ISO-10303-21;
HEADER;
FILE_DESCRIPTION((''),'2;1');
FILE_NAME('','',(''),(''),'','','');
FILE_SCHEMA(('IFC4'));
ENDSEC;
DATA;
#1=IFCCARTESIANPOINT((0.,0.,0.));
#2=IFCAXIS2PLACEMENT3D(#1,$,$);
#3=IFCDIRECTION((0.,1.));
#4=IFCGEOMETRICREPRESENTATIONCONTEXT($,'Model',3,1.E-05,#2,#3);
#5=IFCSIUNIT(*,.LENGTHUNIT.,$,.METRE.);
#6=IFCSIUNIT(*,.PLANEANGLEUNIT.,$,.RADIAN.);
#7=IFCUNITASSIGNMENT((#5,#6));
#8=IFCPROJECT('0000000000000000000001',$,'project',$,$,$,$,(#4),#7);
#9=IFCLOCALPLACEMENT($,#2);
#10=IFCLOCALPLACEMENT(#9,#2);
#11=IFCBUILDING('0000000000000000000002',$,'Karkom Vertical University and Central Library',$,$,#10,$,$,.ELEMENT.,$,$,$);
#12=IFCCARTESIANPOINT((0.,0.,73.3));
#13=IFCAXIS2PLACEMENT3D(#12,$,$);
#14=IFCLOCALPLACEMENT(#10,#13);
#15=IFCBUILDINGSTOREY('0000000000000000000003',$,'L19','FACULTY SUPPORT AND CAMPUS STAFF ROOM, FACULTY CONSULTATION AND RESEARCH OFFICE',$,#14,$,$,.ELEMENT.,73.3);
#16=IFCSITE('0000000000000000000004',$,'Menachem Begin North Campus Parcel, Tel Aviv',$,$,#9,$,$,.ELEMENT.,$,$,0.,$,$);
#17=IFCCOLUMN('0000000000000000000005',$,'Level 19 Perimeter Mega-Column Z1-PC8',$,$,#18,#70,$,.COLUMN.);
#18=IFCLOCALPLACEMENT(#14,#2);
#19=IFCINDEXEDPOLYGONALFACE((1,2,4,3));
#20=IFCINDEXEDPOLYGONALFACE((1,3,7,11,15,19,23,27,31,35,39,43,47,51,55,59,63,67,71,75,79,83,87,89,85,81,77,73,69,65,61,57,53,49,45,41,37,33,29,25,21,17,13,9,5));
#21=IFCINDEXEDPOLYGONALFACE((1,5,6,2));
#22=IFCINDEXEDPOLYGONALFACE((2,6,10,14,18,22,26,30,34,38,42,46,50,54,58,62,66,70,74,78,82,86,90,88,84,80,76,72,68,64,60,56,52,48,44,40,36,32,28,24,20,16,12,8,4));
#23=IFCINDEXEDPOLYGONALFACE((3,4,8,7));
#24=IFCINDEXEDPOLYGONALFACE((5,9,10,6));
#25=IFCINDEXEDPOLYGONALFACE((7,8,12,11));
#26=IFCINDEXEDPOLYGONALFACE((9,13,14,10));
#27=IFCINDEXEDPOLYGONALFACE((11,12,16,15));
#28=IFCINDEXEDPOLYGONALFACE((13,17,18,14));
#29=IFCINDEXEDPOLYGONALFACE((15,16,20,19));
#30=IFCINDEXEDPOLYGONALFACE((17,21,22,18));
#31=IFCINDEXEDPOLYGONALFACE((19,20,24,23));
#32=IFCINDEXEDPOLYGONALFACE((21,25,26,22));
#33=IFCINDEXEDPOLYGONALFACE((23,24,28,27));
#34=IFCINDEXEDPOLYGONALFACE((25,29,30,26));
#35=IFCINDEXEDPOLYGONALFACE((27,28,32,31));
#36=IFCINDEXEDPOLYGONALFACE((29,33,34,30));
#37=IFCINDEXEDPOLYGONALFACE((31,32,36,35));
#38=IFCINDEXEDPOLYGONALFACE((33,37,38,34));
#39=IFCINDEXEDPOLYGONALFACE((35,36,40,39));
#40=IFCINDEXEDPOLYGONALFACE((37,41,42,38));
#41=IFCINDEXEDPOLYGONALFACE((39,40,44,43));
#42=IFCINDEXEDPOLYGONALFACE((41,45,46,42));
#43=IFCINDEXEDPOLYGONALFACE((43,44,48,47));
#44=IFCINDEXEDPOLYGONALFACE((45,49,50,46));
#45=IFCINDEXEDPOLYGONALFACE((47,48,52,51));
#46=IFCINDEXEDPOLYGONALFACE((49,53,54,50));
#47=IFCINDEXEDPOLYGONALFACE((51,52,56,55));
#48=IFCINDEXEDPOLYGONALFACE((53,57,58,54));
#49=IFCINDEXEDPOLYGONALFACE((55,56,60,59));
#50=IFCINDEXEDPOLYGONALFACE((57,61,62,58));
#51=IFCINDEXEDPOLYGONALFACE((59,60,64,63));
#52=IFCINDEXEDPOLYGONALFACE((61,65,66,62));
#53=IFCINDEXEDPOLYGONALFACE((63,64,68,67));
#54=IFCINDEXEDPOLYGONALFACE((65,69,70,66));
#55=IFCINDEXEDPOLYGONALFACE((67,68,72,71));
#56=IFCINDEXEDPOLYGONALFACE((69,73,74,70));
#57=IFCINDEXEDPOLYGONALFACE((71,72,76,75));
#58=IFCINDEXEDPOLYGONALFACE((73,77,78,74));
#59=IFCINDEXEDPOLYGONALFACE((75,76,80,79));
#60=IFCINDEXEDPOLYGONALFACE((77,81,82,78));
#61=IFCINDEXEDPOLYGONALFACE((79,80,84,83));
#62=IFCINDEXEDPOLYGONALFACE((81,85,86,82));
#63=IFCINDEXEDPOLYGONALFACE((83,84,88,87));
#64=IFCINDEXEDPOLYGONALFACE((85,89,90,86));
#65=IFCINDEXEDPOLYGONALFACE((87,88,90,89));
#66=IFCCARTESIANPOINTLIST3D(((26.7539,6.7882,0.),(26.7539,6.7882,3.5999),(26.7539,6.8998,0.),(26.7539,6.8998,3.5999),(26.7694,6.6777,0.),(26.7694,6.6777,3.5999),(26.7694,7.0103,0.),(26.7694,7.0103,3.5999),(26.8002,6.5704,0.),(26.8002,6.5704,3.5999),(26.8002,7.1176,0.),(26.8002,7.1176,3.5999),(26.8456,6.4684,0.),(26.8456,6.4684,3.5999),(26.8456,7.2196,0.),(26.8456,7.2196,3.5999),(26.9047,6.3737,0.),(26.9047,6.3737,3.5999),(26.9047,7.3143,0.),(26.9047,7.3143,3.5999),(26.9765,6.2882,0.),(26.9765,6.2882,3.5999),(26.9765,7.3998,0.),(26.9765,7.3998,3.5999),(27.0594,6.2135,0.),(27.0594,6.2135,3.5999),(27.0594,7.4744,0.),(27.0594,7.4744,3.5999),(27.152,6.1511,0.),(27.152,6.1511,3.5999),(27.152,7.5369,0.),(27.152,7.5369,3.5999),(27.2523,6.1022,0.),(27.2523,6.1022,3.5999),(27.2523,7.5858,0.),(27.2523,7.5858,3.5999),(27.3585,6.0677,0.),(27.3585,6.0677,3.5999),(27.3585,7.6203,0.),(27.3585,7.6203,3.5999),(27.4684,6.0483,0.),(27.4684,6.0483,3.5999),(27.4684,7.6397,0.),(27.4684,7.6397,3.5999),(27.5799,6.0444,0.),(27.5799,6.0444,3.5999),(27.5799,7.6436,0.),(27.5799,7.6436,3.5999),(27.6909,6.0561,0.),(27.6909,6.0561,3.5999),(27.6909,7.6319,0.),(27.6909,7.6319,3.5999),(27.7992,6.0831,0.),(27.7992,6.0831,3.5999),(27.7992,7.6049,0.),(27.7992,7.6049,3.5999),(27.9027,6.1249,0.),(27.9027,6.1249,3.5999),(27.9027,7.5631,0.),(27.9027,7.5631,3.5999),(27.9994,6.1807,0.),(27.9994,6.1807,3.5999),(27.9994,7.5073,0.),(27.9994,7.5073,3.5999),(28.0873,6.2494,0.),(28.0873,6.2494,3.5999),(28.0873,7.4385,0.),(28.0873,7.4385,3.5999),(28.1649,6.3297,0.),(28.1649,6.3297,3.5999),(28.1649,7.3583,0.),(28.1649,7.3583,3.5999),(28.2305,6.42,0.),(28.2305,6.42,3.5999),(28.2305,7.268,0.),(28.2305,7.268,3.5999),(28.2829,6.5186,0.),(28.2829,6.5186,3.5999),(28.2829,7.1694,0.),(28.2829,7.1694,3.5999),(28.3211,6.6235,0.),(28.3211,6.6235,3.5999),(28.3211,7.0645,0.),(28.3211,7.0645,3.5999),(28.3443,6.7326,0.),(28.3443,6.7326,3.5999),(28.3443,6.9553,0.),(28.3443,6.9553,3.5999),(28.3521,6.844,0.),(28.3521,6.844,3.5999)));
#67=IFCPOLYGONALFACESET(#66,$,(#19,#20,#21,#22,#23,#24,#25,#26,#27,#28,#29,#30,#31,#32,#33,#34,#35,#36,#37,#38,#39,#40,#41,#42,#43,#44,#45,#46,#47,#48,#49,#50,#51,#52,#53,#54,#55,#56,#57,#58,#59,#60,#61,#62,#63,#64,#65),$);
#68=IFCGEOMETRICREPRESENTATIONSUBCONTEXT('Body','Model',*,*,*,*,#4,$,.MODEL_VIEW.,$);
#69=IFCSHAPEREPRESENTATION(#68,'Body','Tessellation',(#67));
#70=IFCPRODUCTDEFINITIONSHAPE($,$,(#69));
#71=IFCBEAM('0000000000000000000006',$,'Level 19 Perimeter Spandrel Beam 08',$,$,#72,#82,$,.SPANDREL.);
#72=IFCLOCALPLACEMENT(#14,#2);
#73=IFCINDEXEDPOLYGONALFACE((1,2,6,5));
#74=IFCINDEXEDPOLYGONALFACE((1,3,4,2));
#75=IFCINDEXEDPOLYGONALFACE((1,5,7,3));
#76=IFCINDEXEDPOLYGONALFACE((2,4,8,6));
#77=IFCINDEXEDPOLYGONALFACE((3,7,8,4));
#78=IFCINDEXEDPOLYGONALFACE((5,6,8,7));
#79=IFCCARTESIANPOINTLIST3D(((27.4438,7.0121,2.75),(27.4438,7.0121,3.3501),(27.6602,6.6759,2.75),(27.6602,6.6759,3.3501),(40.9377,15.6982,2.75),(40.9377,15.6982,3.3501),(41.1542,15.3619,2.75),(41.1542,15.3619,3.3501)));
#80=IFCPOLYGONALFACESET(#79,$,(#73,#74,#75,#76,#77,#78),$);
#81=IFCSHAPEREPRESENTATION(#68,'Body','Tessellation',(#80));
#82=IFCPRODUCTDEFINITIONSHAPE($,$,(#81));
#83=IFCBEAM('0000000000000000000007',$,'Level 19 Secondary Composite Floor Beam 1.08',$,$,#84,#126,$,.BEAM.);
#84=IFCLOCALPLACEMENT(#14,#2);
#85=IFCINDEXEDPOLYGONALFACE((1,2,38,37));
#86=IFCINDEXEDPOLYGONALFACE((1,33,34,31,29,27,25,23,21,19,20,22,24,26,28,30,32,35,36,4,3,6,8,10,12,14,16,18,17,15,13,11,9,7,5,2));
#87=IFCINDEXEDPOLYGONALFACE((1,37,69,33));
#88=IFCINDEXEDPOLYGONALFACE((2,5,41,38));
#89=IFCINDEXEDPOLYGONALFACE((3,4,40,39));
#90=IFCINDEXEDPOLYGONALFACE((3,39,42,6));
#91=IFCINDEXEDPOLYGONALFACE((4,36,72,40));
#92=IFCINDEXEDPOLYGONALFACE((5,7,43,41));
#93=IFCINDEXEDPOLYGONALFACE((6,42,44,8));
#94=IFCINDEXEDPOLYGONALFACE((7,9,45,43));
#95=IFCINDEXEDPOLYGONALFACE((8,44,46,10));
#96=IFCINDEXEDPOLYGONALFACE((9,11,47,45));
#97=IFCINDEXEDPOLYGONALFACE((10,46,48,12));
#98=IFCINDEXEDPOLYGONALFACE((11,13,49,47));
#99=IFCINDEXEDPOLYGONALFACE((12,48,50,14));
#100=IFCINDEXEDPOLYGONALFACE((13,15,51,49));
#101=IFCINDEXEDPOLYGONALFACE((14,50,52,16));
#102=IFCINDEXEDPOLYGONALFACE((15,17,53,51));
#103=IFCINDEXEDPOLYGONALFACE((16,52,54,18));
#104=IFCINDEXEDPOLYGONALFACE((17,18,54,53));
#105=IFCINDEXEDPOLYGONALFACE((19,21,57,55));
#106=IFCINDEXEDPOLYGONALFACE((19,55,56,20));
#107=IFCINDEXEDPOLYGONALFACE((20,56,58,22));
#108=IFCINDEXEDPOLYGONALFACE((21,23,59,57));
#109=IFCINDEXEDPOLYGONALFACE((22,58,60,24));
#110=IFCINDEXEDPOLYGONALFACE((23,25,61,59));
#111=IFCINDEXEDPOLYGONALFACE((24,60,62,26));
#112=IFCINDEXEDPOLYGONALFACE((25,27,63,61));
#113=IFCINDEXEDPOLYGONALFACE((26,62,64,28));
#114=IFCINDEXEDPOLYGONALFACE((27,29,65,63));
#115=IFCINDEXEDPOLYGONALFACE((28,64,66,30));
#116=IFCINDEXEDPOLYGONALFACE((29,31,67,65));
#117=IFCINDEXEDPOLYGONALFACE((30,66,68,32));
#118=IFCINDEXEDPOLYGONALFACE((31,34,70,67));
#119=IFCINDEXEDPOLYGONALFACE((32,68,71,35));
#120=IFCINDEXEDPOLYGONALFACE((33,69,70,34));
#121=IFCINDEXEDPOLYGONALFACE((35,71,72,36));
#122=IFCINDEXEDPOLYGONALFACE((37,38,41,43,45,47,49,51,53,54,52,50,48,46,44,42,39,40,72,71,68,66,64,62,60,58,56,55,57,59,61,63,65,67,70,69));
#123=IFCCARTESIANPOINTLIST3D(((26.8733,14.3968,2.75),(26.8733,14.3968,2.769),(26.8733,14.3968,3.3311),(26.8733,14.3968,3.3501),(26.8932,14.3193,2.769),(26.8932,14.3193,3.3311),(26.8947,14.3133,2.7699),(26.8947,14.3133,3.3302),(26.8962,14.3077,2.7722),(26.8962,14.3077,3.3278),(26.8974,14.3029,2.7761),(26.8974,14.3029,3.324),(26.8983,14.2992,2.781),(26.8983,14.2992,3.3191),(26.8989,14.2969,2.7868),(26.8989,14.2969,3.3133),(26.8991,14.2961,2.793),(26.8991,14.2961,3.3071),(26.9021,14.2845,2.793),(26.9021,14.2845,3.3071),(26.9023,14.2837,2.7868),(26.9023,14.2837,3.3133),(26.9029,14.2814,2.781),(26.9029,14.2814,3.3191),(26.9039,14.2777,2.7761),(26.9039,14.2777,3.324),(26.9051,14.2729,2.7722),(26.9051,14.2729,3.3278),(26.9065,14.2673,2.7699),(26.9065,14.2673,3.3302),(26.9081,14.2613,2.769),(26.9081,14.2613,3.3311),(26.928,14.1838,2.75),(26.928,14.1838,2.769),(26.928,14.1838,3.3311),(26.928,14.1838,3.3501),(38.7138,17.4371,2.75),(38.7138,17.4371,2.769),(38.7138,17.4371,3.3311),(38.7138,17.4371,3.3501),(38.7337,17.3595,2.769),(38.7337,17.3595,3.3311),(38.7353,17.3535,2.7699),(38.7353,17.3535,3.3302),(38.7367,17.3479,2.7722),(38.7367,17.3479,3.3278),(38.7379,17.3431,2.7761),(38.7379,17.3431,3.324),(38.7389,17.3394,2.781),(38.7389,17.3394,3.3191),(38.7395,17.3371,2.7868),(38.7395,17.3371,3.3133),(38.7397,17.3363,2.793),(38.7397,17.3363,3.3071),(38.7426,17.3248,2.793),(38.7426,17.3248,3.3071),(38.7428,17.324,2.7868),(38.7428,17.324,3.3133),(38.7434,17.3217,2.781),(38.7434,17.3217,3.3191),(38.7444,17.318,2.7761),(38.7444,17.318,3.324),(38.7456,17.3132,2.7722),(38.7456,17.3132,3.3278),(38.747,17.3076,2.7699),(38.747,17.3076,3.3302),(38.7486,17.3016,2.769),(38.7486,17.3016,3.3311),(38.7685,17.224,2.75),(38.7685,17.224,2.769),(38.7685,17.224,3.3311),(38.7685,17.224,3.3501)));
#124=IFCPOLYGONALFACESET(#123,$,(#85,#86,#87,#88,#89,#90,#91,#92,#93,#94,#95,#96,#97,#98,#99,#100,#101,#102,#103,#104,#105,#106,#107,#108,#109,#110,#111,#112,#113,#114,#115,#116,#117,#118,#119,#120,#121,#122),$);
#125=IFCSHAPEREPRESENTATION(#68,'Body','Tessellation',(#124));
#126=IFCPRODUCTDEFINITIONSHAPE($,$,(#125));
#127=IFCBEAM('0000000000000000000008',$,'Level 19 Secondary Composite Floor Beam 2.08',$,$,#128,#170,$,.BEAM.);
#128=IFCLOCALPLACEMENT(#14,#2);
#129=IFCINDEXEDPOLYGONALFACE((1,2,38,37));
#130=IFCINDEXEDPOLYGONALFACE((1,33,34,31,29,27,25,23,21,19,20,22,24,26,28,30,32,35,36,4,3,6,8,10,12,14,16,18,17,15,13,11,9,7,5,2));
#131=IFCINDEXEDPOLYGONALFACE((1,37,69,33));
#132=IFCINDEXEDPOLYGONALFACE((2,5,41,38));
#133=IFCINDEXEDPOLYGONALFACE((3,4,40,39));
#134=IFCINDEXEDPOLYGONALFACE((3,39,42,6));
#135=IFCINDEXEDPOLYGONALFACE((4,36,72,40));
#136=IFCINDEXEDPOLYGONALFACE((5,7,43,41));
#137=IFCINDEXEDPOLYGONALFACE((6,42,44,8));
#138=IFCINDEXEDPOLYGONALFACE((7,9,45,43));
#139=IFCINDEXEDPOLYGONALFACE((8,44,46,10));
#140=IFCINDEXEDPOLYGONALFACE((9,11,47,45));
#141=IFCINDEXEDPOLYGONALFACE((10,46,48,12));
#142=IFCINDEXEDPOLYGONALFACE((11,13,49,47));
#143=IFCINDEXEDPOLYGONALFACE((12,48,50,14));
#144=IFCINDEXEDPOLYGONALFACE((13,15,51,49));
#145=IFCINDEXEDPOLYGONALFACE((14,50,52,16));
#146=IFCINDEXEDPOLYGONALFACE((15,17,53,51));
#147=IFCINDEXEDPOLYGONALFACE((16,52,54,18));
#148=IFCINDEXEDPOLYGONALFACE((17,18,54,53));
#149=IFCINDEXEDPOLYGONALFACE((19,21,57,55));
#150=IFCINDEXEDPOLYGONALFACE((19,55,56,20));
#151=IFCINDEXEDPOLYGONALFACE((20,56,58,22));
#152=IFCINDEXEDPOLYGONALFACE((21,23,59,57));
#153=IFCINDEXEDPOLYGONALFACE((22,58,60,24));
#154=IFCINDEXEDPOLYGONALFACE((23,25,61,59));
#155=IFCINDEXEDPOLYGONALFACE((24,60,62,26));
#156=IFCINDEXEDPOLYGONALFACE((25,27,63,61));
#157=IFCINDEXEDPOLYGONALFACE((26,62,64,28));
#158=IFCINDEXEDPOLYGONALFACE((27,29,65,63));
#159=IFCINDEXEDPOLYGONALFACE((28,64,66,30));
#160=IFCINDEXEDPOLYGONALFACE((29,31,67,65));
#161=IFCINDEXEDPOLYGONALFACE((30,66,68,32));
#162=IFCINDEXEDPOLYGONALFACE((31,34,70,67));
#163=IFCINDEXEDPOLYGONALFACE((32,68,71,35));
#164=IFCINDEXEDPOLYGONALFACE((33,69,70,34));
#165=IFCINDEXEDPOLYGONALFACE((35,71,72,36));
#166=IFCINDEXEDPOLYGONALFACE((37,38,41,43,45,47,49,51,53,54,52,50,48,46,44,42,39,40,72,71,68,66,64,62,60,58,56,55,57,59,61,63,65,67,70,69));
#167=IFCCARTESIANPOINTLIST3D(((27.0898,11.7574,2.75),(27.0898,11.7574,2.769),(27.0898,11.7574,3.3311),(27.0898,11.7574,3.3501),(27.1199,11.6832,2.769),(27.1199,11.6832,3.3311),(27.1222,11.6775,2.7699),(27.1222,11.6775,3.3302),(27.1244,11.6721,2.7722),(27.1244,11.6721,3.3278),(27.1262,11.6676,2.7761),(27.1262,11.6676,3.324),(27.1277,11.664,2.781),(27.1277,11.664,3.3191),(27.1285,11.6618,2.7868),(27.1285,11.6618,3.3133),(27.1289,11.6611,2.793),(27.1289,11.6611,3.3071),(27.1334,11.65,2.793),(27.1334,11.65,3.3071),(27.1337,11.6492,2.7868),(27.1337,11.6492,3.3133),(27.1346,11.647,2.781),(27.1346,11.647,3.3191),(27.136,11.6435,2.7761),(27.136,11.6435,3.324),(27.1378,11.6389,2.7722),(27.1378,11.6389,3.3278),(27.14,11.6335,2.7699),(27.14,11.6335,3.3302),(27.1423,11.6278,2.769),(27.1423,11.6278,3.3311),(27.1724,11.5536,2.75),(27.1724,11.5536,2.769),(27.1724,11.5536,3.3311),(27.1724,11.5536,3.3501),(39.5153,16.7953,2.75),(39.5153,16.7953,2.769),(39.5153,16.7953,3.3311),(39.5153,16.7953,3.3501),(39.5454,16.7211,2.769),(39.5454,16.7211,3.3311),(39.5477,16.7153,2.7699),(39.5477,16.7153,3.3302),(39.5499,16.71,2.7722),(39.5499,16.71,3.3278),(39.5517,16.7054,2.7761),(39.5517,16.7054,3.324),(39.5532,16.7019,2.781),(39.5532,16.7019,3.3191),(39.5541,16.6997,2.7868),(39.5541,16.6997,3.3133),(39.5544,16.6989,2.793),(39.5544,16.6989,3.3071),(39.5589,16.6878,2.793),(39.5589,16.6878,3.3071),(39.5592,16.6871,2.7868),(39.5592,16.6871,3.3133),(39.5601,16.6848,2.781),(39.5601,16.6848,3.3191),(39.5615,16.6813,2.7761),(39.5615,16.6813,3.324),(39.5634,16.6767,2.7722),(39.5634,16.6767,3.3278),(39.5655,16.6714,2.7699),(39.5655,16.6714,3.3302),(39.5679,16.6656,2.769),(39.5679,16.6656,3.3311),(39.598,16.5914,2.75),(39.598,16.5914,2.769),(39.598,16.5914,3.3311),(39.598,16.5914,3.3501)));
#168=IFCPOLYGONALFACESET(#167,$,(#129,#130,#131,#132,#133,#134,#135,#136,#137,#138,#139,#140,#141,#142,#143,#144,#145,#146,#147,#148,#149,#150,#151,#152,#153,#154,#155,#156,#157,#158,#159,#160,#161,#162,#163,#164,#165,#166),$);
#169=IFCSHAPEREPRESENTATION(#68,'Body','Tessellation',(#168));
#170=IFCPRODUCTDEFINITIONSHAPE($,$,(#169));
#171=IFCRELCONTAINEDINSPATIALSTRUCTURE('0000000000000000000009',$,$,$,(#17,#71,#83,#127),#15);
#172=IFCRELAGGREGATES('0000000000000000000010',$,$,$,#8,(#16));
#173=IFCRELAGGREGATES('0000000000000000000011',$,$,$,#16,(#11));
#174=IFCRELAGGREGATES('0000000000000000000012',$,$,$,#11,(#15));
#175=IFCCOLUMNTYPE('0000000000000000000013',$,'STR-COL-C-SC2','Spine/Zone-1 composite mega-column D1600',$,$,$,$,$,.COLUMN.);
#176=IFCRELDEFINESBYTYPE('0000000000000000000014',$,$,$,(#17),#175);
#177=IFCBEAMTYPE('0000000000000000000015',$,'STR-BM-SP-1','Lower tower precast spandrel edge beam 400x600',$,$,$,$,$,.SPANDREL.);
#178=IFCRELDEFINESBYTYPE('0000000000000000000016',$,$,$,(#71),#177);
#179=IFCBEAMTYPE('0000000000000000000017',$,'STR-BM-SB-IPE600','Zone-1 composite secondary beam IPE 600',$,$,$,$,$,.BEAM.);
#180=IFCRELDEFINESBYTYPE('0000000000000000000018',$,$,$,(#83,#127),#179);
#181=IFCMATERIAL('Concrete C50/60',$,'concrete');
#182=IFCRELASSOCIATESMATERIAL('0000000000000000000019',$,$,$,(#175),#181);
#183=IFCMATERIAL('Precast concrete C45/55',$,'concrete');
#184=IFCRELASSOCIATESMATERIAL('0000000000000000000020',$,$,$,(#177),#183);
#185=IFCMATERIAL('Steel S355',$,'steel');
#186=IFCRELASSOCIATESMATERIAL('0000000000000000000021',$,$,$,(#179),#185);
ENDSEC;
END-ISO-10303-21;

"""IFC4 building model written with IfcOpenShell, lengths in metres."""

from ifc_helpers import new_model, si_unit, direction, frame, origin, origin_with_axes, origin_2d, place, context, subcontext, project, spatial, rectangle, circle, i_section, extrude, source, transform, mapped, material, material_profile, profile_set, type_object, element, save


model = new_model("IFC4")

# Units and contexts
model_context = context("Model", 3, precision=1e-05, world=origin(), true_north=direction((0.0, 1.0)))
body_context = subcontext(model_context, "Body", "Model", "MODEL_VIEW")
ifc_project = project(units=[si_unit("LENGTHUNIT", "METRE"), si_unit("PLANEANGLEUNIT", "RADIAN")], contexts=[model_context])

# Site, building, storey
site_placement = place(None, origin())
site = spatial("IfcSite", under=ifc_project, at=site_placement, Name="Menachem Begin North Campus Parcel, Tel Aviv", CompositionType="ELEMENT", RefElevation=0.0)
building_placement = place(site_placement, origin())
building = spatial("IfcBuilding", under=site, at=building_placement, Name="Karkom Vertical University and Central Library", CompositionType="ELEMENT")
storey_placement = place(building_placement, frame((0.0, 0.0, 73.3)))
storey = spatial("IfcBuildingStorey", under=building, at=storey_placement, Name="L19", Description="FACULTY SUPPORT AND CAMPUS STAFF ROOM, FACULTY CONSULTATION AND RESEARCH OFFICE", CompositionType="ELEMENT", Elevation=73.3)

# Column
ifc_material_1 = material(Name="Concrete C50/60", Category="concrete")
ifc_material_profile_1 = material_profile(ifc_material_1, circle(Radius=0.8, at=origin_2d()), Name="CFT-D1600")
ifc_profile_set_1 = profile_set([ifc_material_profile_1], Name="Concrete C50/60")
column_type = type_object("IfcColumnType", Name="STR-COL-C-SC2", Description="Spine/Zone-1 composite mega-column D1600", PredefinedType="COLUMN", material=ifc_profile_set_1)
shared_shape_1 = source(origin_with_axes(), body_context, "Body", "SweptSolid", [
    extrude(circle(Radius=0.8, at=origin_2d()), origin(), (0.0, 0.0, 1.0), 3.5999),
])
column_placement = place(storey_placement, frame((27.552, 6.844, 0.0), z_axis=(0.0, 0.0, 1.0), x_axis=(1.0, 0.0, 0.0)))
element("IfcColumn", 1, at=column_placement, inside=storey, type_object=column_type, Name="Level 19 Perimeter Mega-Column Z1-PC8", PredefinedType="COLUMN", context=body_context, shape_type="MappedRepresentation", body=[
    mapped(shared_shape_1, transform((0.0, 0.0, 0.0), scale=1.0)),
])

# Beams
ifc_material_2 = material(Name="Precast concrete C45/55", Category="concrete")
ifc_material_profile_2 = material_profile(ifc_material_2, rectangle(XDim=0.3999, YDim=0.6001, at=origin_2d()), Name="SPB-400x600")
ifc_profile_set_2 = profile_set([ifc_material_profile_2], Name="Precast concrete C45/55")
beam_type_1 = type_object("IfcBeamType", Name="STR-BM-SP-1", Description="Lower tower precast spandrel edge beam 400x600", PredefinedType="SPANDREL", material=ifc_profile_set_2)
shared_shape_2 = source(origin_with_axes(), body_context, "Body", "SweptSolid", [
    extrude(rectangle(XDim=0.3999, YDim=0.6001, at=origin_2d()), origin(), (0.0, 0.0, 1.0), 16.0479),
])
beam_1_placement = place(storey_placement, frame((27.552, 6.844, 3.05), z_axis=(0.840856, 0.54126, 0.0), x_axis=(-0.54126, 0.840856, 0.0)))
element("IfcBeam", 2, at=beam_1_placement, inside=storey, type_object=beam_type_1, Name="Level 19 Perimeter Spandrel Beam 08", PredefinedType="SPANDREL", context=body_context, shape_type="MappedRepresentation", body=[
    mapped(shared_shape_2, transform((0.0, 0.0, 0.0), scale=1.0)),
])
ifc_material_3 = material(Name="Steel S355", Category="steel")
ifc_material_profile_3 = material_profile(ifc_material_3, i_section(OverallWidth=0.22, OverallDepth=0.6001, WebThickness=0.012, FlangeThickness=0.019, FilletRadius=0.0239, at=origin_2d()), Name="IPE 600")
ifc_profile_set_3 = profile_set([ifc_material_profile_3], Name="Steel S355")
beam_type_2 = type_object("IfcBeamType", Name="STR-BM-SB-IPE600", Description="Zone-1 composite secondary beam IPE 600", PredefinedType="BEAM", material=ifc_profile_set_3)
shared_shape_3 = source(origin_with_axes(), body_context, "Body", "SweptSolid", [
    extrude(i_section(OverallWidth=0.22, OverallDepth=0.6001, WebThickness=0.012, FlangeThickness=0.019, FilletRadius=0.0239, at=origin_2d()), origin(), (0.0, 0.0, 1.0), 12.2246),
])
beam_2_placement = place(storey_placement, frame((26.9006, 14.2903, 3.05), z_axis=(0.96858, 0.248701, 0.0), x_axis=(-0.248701, 0.96858, 0.0)))
element("IfcBeam", 3, at=beam_2_placement, inside=storey, type_object=beam_type_2, Name="Level 19 Secondary Composite Floor Beam 1.08", PredefinedType="BEAM", context=body_context, shape_type="MappedRepresentation", body=[
    mapped(shared_shape_3, transform((0.0, 0.0, 0.0), scale=1.0)),
])
shared_shape_4 = source(origin_with_axes(), body_context, "Body", "SweptSolid", [
    extrude(i_section(OverallWidth=0.22, OverallDepth=0.6001, WebThickness=0.012, FlangeThickness=0.019, FilletRadius=0.0239, at=origin_2d()), origin(), (0.0, 0.0, 1.0), 13.408),
])
beam_3_placement = place(storey_placement, frame((27.1311, 11.6555, 3.05), z_axis=(0.926727, 0.375735, 0.0), x_axis=(-0.375735, 0.926727, 0.0)))
element("IfcBeam", 4, at=beam_3_placement, inside=storey, type_object=beam_type_2, Name="Level 19 Secondary Composite Floor Beam 2.08", PredefinedType="BEAM", context=body_context, shape_type="MappedRepresentation", body=[
    mapped(shared_shape_4, transform((0.0, 0.0, 0.0), scale=1.0)),
])

save(model, "model.ifc")
